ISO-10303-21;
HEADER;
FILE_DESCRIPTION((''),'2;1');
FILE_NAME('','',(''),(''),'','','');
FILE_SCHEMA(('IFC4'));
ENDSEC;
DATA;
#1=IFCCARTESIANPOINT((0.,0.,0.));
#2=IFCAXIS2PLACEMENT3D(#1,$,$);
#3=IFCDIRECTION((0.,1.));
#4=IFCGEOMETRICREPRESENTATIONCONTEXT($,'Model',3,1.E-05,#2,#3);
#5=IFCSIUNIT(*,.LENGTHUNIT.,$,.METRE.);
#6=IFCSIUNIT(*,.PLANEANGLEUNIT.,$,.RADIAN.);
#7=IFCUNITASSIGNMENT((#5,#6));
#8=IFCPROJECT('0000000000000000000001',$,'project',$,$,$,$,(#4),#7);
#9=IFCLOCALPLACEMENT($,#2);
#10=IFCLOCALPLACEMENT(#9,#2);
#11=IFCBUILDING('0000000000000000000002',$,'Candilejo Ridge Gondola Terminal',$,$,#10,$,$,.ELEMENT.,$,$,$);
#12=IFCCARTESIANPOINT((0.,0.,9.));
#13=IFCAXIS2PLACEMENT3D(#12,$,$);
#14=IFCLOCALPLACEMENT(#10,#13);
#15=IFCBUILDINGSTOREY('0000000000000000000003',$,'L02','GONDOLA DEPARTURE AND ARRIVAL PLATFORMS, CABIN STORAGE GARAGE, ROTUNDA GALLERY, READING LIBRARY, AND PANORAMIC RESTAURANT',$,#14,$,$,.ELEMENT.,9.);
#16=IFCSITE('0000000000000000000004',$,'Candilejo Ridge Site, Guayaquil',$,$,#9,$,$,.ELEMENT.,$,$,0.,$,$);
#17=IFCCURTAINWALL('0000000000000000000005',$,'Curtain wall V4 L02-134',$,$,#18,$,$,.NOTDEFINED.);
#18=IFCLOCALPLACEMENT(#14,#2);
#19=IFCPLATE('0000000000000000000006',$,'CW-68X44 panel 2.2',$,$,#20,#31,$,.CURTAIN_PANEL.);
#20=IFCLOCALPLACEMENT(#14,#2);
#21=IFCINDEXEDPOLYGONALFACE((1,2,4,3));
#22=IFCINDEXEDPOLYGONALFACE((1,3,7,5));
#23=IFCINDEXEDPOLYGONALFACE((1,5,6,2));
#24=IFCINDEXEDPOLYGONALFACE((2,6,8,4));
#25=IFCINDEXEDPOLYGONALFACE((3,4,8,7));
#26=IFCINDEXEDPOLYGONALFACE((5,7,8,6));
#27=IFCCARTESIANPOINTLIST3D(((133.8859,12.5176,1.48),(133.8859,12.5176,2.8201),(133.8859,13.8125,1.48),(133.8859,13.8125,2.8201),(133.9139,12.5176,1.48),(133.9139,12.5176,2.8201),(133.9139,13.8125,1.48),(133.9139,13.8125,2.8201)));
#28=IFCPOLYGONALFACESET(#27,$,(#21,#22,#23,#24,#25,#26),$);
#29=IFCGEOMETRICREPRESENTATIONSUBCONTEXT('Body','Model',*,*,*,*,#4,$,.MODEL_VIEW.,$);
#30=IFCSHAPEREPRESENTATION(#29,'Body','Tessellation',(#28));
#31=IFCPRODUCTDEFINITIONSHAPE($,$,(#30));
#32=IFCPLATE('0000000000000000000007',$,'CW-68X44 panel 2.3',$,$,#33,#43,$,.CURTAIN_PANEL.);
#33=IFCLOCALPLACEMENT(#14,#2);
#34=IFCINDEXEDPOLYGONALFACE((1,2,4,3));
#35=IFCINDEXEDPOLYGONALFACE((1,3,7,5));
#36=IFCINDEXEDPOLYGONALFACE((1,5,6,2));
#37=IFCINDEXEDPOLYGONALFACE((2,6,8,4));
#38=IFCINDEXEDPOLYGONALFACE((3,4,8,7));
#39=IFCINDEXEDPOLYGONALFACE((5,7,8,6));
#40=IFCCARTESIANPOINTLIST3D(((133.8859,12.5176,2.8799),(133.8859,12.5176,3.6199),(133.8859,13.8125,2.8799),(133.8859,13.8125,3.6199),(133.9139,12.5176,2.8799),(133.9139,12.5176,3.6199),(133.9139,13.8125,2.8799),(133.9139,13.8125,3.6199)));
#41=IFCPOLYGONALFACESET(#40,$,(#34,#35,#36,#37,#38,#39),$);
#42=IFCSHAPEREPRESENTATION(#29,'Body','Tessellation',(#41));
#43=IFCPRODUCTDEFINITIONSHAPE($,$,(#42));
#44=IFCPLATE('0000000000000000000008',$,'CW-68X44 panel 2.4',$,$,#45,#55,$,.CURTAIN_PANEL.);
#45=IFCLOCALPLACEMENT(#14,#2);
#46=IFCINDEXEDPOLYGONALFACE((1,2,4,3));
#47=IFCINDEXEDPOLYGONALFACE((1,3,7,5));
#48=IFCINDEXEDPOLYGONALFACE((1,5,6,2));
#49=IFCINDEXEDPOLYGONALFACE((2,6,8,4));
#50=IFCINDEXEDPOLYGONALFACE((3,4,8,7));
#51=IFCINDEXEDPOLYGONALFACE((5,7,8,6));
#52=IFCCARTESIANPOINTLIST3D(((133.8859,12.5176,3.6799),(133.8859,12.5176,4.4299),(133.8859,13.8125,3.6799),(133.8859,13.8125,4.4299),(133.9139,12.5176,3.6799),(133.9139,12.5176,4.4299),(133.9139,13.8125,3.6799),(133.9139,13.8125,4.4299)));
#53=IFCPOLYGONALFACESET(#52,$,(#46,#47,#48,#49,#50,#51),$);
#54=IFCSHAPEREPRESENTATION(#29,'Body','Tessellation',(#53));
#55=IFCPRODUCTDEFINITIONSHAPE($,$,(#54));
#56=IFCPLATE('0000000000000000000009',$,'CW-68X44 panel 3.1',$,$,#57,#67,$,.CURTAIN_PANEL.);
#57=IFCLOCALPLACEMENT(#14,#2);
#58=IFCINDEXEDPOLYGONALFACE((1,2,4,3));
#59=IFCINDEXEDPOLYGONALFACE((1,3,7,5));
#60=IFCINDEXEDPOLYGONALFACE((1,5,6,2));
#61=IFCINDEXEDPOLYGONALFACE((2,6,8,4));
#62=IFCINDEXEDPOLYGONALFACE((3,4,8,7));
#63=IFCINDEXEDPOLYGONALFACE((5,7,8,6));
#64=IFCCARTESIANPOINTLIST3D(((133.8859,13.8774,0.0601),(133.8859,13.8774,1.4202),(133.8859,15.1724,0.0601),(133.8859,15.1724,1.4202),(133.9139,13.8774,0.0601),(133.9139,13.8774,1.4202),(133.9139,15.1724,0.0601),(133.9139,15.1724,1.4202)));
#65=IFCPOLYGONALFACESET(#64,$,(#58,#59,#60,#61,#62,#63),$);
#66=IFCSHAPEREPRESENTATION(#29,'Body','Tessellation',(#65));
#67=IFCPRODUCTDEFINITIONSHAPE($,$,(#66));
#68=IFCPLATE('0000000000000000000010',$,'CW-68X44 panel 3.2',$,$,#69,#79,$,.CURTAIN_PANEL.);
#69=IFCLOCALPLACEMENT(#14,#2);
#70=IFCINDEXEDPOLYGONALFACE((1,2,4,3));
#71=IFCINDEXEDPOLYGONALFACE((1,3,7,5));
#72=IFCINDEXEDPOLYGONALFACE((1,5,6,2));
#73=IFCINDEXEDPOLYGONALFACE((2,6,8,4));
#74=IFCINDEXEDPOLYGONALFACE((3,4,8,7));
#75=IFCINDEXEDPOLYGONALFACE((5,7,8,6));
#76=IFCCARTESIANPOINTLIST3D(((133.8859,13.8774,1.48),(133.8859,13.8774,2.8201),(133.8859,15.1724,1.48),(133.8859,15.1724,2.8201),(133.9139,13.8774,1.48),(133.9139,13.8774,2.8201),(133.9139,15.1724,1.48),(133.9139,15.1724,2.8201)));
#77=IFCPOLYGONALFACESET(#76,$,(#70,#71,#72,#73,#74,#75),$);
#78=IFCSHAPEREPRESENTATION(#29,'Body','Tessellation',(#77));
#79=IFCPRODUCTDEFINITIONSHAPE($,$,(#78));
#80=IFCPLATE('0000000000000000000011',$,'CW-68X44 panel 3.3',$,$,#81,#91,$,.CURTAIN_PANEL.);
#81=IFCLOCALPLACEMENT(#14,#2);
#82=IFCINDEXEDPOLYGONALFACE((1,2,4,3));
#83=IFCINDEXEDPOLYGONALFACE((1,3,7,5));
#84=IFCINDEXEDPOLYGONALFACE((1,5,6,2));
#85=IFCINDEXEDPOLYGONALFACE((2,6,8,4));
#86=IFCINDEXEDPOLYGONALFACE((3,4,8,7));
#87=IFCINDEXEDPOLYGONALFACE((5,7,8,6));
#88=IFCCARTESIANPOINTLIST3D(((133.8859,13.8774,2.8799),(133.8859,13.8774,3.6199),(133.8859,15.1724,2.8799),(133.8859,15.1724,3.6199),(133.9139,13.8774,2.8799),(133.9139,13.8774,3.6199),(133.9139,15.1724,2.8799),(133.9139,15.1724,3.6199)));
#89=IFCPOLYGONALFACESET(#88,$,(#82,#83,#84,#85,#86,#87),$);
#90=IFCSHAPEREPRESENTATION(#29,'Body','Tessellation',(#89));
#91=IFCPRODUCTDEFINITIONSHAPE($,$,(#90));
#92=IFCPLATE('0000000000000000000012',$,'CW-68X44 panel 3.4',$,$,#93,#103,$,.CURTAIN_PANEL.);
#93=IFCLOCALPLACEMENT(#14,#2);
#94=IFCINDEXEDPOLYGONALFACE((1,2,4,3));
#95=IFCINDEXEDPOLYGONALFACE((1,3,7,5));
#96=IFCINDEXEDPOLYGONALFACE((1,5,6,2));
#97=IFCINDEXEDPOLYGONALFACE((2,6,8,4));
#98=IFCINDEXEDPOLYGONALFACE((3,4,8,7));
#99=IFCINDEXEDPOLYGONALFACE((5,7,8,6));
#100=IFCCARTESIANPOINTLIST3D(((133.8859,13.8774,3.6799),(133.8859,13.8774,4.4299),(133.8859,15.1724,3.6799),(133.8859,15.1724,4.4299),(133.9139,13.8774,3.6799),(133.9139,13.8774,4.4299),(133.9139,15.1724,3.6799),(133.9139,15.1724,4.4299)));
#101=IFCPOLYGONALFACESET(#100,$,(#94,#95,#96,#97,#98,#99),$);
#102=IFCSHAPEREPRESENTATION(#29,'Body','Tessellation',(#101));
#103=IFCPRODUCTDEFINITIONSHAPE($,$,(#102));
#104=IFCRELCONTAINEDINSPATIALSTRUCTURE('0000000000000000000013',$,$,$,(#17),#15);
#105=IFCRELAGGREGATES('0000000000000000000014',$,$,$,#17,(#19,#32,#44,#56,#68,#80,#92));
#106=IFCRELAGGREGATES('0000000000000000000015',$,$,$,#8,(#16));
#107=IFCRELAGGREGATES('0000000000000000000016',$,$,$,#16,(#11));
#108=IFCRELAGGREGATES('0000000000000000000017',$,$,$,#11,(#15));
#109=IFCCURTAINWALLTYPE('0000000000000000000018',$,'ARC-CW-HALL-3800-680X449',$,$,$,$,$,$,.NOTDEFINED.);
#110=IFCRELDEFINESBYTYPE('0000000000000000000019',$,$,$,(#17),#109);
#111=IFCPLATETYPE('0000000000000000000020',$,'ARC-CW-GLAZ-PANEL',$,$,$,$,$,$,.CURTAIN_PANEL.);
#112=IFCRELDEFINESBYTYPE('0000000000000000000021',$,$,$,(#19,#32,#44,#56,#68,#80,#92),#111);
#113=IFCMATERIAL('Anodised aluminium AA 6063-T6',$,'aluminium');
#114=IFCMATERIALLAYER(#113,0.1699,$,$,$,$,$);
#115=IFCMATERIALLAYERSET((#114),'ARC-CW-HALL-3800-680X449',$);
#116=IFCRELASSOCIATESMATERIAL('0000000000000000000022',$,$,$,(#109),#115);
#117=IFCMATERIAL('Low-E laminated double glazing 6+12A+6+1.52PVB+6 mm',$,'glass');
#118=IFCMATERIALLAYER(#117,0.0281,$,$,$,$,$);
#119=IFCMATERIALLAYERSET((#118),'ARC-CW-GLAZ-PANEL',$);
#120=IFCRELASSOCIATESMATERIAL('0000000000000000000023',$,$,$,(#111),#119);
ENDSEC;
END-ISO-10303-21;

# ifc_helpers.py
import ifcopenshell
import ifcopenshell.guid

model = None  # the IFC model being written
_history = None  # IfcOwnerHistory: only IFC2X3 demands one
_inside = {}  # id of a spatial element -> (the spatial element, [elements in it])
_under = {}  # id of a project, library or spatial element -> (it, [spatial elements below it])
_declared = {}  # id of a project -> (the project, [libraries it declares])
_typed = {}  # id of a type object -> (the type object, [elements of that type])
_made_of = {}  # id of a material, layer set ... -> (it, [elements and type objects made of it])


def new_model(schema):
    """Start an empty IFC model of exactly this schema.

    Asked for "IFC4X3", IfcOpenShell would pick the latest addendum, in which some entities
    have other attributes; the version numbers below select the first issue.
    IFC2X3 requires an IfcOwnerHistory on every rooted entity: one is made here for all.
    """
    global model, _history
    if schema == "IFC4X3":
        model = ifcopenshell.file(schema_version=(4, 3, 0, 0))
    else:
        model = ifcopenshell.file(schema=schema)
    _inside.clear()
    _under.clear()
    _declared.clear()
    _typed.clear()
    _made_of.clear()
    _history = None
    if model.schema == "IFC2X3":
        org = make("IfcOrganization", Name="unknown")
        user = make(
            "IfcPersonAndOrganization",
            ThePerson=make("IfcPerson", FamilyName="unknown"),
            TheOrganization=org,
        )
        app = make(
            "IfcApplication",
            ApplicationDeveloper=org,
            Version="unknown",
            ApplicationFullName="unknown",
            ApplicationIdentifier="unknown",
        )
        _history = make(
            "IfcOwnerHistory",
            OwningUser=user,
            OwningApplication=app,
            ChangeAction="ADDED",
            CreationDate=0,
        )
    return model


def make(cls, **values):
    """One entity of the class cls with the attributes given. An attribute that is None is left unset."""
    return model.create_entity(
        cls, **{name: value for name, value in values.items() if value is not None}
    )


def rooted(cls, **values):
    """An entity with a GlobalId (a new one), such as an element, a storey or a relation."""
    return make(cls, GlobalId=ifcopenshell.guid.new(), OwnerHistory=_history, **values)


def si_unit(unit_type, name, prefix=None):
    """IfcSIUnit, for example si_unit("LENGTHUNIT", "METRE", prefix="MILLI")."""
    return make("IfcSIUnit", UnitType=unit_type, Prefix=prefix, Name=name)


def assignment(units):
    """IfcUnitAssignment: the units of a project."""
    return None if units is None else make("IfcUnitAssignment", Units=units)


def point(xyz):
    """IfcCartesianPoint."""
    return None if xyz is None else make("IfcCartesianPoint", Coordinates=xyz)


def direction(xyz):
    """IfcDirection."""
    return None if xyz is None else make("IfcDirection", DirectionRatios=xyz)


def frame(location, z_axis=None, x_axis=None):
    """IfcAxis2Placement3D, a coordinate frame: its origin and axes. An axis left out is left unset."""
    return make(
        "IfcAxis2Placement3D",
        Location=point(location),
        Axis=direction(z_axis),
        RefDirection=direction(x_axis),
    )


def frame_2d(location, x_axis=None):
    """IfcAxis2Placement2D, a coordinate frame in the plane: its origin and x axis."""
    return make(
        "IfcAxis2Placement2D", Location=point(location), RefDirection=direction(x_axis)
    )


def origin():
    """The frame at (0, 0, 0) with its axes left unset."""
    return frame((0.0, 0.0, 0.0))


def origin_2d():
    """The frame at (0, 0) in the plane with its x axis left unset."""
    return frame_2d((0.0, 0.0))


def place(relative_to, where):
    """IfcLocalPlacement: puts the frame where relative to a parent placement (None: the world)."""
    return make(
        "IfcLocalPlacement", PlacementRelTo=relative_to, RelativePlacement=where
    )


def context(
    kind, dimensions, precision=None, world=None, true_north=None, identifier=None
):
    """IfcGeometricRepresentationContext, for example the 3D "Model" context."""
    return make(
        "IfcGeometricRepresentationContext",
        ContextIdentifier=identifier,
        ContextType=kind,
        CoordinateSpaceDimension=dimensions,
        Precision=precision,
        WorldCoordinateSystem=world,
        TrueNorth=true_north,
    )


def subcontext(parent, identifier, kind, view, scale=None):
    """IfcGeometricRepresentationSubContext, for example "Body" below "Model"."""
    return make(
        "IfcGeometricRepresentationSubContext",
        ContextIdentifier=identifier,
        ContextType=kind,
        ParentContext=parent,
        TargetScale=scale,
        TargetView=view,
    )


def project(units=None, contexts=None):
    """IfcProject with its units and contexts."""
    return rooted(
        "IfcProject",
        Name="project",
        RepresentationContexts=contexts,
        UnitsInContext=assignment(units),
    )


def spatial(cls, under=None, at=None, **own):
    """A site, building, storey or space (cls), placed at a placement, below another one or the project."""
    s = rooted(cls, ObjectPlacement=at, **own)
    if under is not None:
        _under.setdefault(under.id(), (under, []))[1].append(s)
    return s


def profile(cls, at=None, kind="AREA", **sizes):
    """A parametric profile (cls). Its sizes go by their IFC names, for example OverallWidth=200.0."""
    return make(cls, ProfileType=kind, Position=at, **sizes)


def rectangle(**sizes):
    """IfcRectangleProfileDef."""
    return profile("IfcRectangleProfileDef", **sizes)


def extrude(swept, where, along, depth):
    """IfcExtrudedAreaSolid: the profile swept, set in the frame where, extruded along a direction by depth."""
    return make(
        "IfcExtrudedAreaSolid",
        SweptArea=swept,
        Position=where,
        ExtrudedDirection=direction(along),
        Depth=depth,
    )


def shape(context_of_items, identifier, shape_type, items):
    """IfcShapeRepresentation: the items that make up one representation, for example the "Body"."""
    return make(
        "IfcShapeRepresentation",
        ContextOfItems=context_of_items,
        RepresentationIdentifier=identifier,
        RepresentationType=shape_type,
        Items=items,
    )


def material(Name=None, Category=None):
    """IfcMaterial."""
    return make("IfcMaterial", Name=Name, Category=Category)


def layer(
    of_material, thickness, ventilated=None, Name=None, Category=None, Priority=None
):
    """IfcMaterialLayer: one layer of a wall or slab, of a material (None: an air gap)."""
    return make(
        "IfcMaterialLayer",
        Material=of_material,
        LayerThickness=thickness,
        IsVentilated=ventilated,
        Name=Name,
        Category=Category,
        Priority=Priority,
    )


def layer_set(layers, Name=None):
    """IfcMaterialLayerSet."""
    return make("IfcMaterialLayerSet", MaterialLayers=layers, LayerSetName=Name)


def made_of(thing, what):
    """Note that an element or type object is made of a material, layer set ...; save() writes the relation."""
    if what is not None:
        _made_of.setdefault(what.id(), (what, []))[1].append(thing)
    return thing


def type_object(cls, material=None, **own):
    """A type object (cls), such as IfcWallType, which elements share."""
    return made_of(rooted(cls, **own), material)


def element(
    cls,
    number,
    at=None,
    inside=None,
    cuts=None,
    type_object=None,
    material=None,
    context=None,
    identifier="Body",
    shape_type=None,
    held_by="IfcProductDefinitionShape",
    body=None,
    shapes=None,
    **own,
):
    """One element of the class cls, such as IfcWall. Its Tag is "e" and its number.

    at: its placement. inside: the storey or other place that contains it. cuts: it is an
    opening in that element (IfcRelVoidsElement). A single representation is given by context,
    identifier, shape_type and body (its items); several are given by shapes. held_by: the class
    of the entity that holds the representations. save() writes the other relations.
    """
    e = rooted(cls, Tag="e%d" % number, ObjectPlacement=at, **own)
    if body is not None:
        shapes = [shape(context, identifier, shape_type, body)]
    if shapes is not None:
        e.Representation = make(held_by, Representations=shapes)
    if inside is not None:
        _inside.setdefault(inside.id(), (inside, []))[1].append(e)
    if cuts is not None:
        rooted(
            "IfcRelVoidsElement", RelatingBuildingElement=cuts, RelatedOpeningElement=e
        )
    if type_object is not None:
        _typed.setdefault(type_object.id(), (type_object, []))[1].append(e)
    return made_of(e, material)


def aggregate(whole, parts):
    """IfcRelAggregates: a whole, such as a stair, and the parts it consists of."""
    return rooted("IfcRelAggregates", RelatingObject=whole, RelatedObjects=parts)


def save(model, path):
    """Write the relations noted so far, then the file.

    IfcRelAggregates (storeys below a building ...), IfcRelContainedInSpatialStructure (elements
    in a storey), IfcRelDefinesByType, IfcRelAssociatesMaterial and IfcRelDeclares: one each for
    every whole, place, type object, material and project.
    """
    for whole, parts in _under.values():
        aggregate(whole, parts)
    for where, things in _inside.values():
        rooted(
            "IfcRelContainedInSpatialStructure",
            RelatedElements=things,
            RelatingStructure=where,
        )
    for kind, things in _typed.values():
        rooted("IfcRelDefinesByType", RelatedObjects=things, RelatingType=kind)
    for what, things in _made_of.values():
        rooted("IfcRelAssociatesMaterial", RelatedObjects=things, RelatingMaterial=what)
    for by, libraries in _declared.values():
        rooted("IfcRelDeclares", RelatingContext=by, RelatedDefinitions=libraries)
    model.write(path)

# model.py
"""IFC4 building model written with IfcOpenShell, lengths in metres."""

from ifc_helpers import new_model, si_unit, direction, frame, origin, origin_2d, place, context, subcontext, project, spatial, rectangle, extrude, material, layer, layer_set, type_object, element, aggregate, save


model = new_model("IFC4")

# Units and contexts
model_context = context("Model", 3, precision=1e-05, world=origin(), true_north=direction((0.0, 1.0)))
body_context = subcontext(model_context, "Body", "Model", "MODEL_VIEW")
ifc_project = project(units=[si_unit("LENGTHUNIT", "METRE"), si_unit("PLANEANGLEUNIT", "RADIAN")], contexts=[model_context])

# Site, building, storey
site_placement = place(None, origin())
site = spatial("IfcSite", under=ifc_project, at=site_placement, Name="Candilejo Ridge Site, Guayaquil", CompositionType="ELEMENT", RefElevation=0.0)
building_placement = place(site_placement, origin())
building = spatial("IfcBuilding", under=site, at=building_placement, Name="Candilejo Ridge Gondola Terminal", CompositionType="ELEMENT")
storey_placement = place(building_placement, frame((0.0, 0.0, 9.0)))
storey = spatial("IfcBuildingStorey", under=building, at=storey_placement, Name="L02", Description="GONDOLA DEPARTURE AND ARRIVAL PLATFORMS, CABIN STORAGE GARAGE, ROTUNDA GALLERY, READING LIBRARY, AND PANORAMIC RESTAURANT", CompositionType="ELEMENT", Elevation=9.0)

# Curtain wall
ifc_material_1 = material(Name="Anodised aluminium AA 6063-T6", Category="aluminium")
ifc_layer_1 = layer(ifc_material_1, 0.1699)
ifc_layer_set_1 = layer_set([ifc_layer_1], Name="ARC-CW-HALL-3800-680X449")
curtain_wall_type = type_object("IfcCurtainWallType", Name="ARC-CW-HALL-3800-680X449", PredefinedType="NOTDEFINED", material=ifc_layer_set_1)
curtain_wall_placement = place(storey_placement, origin())
curtain_wall = element("IfcCurtainWall", 1, at=curtain_wall_placement, inside=storey, type_object=curtain_wall_type, Name="Curtain wall V4 L02-134", PredefinedType="NOTDEFINED")

# Plates
ifc_material_2 = material(Name="Low-E laminated double glazing 6+12A+6+1.52PVB+6 mm", Category="glass")
ifc_layer_2 = layer(ifc_material_2, 0.0281)
ifc_layer_set_2 = layer_set([ifc_layer_2], Name="ARC-CW-GLAZ-PANEL")
plate_type = type_object("IfcPlateType", Name="ARC-CW-GLAZ-PANEL", PredefinedType="CURTAIN_PANEL", material=ifc_layer_set_2)
plate_1_placement = place(storey_placement, frame((133.8999, 13.165, 1.48), z_axis=(0.0, 0.0, 1.0), x_axis=(0.0, 1.0, 0.0)))
plate_1 = element("IfcPlate", 2, at=plate_1_placement, type_object=plate_type, Name="CW-68X44 panel 2.2", PredefinedType="CURTAIN_PANEL", context=body_context, shape_type="SweptSolid", body=[
    extrude(rectangle(XDim=1.2949, YDim=0.0281, at=origin_2d()), origin(), (0.0, 0.0, 1.0), 1.3401),
])
plate_2_placement = place(storey_placement, frame((133.8999, 13.165, 2.8799), z_axis=(0.0, 0.0, 1.0), x_axis=(0.0, 1.0, 0.0)))
plate_2 = element("IfcPlate", 3, at=plate_2_placement, type_object=plate_type, Name="CW-68X44 panel 2.3", PredefinedType="CURTAIN_PANEL", context=body_context, shape_type="SweptSolid", body=[
    extrude(rectangle(XDim=1.2949, YDim=0.0281, at=origin_2d()), origin(), (0.0, 0.0, 1.0), 0.74),
])
plate_3_placement = place(storey_placement, frame((133.8999, 13.165, 3.6799), z_axis=(0.0, 0.0, 1.0), x_axis=(0.0, 1.0, 0.0)))
plate_3 = element("IfcPlate", 4, at=plate_3_placement, type_object=plate_type, Name="CW-68X44 panel 2.4", PredefinedType="CURTAIN_PANEL", context=body_context, shape_type="SweptSolid", body=[
    extrude(rectangle(XDim=1.2949, YDim=0.0281, at=origin_2d()), origin(), (0.0, 0.0, 1.0), 0.75),
])
plate_4_placement = place(storey_placement, frame((133.8999, 14.5249, 0.0601), z_axis=(0.0, 0.0, 1.0), x_axis=(0.0, 1.0, 0.0)))
plate_4 = element("IfcPlate", 5, at=plate_4_placement, type_object=plate_type, Name="CW-68X44 panel 3.1", PredefinedType="CURTAIN_PANEL", context=body_context, shape_type="SweptSolid", body=[
    extrude(rectangle(XDim=1.2949, YDim=0.0281, at=origin_2d()), origin(), (0.0, 0.0, 1.0), 1.3601),
])
plate_5_placement = place(storey_placement, frame((133.8999, 14.5249, 1.48), z_axis=(0.0, 0.0, 1.0), x_axis=(0.0, 1.0, 0.0)))
plate_5 = element("IfcPlate", 6, at=plate_5_placement, type_object=plate_type, Name="CW-68X44 panel 3.2", PredefinedType="CURTAIN_PANEL", context=body_context, shape_type="SweptSolid", body=[
    extrude(rectangle(XDim=1.2949, YDim=0.0281, at=origin_2d()), origin(), (0.0, 0.0, 1.0), 1.3401),
])
plate_6_placement = place(storey_placement, frame((133.8999, 14.5249, 2.8799), z_axis=(0.0, 0.0, 1.0), x_axis=(0.0, 1.0, 0.0)))
plate_6 = element("IfcPlate", 7, at=plate_6_placement, type_object=plate_type, Name="CW-68X44 panel 3.3", PredefinedType="CURTAIN_PANEL", context=body_context, shape_type="SweptSolid", body=[
    extrude(rectangle(XDim=1.2949, YDim=0.0281, at=origin_2d()), origin(), (0.0, 0.0, 1.0), 0.74),
])
plate_7_placement = place(storey_placement, frame((133.8999, 14.5249, 3.6799), z_axis=(0.0, 0.0, 1.0), x_axis=(0.0, 1.0, 0.0)))
plate_7 = element("IfcPlate", 8, at=plate_7_placement, type_object=plate_type, Name="CW-68X44 panel 3.4", PredefinedType="CURTAIN_PANEL", context=body_context, shape_type="SweptSolid", body=[
    extrude(rectangle(XDim=1.2949, YDim=0.0281, at=origin_2d()), origin(), (0.0, 0.0, 1.0), 0.75),
])
aggregate(curtain_wall, [plate_1, plate_2, plate_3, plate_4, plate_5, plate_6, plate_7])

save(model, "model.ifc")
